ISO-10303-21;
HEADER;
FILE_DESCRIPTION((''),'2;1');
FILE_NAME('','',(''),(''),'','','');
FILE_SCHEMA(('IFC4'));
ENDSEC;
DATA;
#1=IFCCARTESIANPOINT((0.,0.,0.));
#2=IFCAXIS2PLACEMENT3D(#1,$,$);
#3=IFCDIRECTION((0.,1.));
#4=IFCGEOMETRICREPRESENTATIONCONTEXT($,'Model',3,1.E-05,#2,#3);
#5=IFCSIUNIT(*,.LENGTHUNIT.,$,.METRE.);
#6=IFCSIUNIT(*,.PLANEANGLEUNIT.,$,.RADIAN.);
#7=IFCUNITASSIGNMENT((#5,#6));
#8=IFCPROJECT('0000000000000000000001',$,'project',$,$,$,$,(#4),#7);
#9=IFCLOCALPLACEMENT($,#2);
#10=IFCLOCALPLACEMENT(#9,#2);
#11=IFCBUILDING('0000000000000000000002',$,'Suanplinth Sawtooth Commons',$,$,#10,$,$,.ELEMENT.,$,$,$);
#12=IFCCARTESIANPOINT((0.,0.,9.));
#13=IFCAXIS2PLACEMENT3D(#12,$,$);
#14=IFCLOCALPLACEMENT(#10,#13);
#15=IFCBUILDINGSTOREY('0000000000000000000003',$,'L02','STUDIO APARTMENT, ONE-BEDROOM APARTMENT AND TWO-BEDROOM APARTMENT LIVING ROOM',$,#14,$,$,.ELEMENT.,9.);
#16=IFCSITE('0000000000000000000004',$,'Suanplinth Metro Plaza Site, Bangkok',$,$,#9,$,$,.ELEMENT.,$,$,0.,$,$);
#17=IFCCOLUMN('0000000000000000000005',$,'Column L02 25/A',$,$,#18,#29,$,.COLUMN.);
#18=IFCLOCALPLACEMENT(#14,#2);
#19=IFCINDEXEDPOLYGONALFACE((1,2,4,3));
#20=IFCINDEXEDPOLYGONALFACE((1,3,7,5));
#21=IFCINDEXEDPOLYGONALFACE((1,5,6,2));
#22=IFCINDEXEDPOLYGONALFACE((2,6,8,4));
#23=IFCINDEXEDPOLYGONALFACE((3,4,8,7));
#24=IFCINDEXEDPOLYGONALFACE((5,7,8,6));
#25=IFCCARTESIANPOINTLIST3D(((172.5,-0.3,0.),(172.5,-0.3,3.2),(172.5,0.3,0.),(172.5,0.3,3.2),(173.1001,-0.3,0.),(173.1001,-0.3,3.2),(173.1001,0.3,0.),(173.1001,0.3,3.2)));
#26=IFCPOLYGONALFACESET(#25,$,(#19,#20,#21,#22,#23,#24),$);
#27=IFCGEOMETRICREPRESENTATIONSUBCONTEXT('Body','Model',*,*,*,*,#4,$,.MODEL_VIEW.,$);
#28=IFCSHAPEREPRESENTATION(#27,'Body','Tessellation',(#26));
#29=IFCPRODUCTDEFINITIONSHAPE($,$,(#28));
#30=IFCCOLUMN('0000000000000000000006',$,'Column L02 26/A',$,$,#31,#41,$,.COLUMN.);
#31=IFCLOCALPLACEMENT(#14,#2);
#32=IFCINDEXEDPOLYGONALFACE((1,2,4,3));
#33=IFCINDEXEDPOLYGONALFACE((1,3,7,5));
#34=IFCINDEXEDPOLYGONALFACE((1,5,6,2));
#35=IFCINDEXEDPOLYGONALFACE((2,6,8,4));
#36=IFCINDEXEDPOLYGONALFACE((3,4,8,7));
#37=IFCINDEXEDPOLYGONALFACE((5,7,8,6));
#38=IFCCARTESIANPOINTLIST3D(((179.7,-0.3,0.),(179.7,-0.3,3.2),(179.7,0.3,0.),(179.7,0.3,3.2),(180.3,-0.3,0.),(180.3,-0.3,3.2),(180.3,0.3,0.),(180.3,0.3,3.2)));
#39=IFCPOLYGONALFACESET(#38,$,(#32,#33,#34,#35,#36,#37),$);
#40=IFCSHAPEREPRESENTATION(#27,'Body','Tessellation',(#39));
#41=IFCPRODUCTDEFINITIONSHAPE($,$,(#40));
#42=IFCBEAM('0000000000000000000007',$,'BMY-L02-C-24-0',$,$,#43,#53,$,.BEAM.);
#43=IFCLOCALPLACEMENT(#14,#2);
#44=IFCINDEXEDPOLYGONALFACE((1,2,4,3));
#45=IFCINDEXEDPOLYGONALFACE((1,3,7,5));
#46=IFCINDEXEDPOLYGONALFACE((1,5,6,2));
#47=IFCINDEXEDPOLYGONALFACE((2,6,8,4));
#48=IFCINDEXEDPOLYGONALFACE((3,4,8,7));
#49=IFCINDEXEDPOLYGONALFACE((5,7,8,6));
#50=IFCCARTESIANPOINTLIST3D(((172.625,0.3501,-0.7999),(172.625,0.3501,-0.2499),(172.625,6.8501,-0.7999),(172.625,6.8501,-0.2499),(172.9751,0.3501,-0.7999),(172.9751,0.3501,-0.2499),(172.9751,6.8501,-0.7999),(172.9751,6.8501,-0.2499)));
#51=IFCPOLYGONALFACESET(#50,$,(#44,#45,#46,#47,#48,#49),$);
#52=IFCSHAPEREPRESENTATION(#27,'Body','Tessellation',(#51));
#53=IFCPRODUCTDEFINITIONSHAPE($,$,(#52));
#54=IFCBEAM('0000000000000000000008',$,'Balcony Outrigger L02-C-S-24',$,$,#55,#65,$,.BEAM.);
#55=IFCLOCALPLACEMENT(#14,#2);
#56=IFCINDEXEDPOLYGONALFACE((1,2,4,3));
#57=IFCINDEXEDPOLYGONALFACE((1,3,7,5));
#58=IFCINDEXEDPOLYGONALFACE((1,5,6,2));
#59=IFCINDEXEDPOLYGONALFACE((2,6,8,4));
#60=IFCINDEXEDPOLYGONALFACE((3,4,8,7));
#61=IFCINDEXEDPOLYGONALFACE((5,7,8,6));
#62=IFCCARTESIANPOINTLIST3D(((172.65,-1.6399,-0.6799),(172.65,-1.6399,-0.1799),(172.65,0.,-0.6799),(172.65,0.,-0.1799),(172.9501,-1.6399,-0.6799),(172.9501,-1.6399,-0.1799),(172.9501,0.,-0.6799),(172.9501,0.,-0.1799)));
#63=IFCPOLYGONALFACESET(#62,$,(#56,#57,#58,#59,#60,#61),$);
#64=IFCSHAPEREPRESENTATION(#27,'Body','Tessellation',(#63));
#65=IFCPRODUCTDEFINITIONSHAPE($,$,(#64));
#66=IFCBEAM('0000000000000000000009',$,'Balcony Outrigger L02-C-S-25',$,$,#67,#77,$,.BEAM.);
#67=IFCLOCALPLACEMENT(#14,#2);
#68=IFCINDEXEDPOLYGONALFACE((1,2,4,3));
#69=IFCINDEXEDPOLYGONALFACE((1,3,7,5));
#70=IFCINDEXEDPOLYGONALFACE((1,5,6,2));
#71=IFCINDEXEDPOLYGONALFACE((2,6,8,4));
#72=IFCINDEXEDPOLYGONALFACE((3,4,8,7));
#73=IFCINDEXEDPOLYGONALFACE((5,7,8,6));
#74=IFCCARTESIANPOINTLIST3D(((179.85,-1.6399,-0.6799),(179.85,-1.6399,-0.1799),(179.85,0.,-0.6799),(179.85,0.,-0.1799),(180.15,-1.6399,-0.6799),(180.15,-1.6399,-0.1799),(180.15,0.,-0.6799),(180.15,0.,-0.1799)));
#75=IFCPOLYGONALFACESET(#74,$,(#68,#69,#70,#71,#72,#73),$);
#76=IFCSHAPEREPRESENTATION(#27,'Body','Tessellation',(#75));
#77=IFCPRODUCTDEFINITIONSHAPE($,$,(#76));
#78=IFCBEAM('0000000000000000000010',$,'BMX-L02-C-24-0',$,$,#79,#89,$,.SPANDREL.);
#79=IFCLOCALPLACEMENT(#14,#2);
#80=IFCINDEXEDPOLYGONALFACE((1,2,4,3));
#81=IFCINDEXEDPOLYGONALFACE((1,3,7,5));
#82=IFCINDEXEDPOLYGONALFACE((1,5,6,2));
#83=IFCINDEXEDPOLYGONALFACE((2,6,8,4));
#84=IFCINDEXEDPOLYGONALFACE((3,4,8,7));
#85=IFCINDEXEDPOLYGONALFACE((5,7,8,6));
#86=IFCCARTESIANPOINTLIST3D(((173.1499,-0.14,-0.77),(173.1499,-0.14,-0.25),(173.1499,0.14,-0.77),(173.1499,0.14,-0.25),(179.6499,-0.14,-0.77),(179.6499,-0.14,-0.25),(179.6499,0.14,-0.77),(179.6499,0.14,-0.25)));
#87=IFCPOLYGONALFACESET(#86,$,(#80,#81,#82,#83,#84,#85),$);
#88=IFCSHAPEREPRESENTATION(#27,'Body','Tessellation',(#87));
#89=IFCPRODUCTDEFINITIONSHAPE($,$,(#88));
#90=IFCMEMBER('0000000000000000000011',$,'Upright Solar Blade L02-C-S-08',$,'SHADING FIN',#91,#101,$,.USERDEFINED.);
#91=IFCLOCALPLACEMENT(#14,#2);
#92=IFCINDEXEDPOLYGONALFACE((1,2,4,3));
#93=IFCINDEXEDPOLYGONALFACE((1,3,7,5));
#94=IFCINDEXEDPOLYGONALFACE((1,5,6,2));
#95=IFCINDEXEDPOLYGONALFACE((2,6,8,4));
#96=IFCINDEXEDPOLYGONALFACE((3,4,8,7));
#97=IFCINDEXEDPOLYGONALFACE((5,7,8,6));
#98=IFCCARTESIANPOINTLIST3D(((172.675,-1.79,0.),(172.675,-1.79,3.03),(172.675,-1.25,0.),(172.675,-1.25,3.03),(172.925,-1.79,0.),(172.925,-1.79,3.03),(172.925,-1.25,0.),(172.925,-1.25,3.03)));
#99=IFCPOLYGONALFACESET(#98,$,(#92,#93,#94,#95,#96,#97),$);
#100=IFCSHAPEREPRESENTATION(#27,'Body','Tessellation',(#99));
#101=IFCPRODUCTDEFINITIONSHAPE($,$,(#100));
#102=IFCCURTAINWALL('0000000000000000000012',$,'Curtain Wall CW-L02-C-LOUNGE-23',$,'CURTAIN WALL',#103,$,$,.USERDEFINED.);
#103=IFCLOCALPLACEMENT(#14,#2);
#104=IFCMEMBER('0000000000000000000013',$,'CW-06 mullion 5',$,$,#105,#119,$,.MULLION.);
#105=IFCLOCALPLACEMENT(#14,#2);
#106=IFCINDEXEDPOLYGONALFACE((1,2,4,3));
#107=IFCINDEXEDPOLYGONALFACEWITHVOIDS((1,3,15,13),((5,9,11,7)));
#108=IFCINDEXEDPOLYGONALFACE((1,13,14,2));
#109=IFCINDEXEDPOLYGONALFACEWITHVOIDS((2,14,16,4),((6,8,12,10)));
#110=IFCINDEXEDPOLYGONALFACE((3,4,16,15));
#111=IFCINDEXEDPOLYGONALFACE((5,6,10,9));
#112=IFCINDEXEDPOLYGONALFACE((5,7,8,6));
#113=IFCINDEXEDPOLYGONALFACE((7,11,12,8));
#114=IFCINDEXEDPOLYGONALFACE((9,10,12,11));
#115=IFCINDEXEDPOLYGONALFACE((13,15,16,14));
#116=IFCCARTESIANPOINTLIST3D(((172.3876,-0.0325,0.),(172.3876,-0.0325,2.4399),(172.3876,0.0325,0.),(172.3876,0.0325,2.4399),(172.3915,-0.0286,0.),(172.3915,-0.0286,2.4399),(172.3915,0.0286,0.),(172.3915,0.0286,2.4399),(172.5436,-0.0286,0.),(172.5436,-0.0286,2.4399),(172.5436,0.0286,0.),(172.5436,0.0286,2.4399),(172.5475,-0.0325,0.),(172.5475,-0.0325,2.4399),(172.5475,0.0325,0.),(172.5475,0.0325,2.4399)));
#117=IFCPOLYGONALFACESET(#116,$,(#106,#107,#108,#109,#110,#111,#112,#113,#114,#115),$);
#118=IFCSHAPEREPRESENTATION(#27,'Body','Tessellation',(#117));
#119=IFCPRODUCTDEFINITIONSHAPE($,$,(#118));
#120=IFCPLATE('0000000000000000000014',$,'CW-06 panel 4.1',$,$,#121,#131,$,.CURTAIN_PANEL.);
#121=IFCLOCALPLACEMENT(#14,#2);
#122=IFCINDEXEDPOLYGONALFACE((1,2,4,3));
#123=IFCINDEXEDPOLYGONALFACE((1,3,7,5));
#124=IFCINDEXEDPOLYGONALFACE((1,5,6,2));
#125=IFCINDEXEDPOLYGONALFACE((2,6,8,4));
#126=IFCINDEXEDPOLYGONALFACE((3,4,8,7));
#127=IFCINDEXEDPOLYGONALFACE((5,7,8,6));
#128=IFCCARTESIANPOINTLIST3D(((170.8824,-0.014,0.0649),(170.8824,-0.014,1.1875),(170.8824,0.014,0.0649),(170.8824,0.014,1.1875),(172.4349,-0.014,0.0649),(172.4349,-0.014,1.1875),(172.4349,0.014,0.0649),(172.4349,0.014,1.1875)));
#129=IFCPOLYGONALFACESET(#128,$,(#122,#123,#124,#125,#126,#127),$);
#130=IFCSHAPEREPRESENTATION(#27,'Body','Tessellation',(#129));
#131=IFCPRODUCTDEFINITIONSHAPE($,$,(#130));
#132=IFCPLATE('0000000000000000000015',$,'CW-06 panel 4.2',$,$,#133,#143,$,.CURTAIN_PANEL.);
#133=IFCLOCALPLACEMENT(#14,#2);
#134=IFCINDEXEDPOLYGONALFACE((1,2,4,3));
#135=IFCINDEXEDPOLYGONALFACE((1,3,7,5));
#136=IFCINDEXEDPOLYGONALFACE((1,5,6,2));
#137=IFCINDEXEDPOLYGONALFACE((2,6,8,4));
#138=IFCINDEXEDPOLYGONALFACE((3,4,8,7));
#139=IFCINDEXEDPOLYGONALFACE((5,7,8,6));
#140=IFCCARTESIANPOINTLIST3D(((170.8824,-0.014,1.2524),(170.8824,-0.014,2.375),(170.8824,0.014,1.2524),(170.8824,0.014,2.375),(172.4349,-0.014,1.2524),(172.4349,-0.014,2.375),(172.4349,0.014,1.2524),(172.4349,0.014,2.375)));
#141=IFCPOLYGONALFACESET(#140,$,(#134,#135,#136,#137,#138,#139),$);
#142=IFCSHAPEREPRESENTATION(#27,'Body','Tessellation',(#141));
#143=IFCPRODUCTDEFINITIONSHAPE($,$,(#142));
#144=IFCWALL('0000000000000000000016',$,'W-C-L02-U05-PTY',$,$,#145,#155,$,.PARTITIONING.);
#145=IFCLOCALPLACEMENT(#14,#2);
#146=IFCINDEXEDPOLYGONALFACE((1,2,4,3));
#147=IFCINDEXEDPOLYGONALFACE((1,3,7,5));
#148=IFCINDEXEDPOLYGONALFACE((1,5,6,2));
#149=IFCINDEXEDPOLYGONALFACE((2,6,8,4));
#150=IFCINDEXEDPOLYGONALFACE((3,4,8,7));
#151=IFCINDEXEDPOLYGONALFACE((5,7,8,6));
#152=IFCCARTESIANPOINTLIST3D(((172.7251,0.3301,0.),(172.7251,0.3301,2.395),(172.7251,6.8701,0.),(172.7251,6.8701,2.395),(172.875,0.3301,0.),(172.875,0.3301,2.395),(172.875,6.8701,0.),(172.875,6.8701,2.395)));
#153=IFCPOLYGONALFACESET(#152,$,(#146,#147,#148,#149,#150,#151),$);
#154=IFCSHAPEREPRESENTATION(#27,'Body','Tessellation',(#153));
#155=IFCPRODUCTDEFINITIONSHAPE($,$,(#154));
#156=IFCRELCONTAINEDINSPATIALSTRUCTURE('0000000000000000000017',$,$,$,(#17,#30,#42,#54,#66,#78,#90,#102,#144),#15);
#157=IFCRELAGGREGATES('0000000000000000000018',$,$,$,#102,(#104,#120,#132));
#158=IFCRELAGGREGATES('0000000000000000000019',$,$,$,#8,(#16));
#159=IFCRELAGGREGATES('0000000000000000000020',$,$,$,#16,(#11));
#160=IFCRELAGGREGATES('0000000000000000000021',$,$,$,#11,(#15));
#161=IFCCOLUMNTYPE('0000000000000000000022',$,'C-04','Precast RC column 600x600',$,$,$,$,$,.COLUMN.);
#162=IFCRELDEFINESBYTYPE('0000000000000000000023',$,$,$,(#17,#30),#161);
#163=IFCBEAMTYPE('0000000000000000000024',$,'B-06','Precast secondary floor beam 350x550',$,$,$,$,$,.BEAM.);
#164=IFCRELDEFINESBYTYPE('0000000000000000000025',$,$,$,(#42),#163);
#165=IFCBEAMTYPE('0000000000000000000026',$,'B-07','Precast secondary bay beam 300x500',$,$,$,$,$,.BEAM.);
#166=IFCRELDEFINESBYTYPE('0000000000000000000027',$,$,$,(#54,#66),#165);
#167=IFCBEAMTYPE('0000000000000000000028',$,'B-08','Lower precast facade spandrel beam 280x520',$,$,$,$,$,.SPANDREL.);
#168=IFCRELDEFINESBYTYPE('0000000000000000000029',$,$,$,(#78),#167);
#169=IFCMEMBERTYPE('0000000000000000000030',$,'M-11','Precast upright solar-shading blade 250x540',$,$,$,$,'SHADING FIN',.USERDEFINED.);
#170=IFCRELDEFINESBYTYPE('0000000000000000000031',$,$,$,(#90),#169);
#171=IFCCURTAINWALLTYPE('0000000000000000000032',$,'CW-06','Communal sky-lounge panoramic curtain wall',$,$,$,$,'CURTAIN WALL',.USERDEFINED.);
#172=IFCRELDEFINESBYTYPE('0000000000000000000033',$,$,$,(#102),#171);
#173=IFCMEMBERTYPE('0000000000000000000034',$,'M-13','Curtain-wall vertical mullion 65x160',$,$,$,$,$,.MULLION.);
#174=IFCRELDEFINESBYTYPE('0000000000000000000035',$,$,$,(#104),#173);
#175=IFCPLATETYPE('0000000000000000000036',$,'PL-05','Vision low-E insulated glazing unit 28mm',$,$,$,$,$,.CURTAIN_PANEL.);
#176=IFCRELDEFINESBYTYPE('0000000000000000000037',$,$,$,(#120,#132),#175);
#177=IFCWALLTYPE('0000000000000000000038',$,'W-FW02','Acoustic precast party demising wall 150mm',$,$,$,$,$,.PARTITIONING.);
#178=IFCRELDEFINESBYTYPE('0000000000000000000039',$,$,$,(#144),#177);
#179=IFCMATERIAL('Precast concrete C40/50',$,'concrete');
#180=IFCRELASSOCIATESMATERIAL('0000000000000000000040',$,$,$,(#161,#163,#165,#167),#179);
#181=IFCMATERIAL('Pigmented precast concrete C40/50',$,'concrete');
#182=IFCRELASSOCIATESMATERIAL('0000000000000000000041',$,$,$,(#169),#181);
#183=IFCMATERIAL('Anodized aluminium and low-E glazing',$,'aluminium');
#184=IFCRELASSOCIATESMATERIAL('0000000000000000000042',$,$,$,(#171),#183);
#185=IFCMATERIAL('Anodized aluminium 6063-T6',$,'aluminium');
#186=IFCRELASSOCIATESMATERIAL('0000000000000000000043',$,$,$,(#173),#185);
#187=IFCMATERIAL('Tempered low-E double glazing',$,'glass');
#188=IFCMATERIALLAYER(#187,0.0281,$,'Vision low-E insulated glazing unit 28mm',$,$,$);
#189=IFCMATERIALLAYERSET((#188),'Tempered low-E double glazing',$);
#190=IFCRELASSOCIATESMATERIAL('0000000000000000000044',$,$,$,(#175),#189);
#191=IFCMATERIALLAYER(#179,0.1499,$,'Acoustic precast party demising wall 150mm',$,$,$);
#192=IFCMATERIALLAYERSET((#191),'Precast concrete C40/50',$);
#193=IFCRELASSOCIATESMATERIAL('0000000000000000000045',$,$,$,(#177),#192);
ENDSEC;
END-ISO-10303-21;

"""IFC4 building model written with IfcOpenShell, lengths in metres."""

from ifc_helpers import new_model, si_unit, direction, frame, frame_2d, origin, origin_2d, place, context, subcontext, project, spatial, rectangle, hollow_rectangle, extrude, material, layer, layer_set, material_profile, profile_set, type_object, element, aggregate, save


model = new_model("IFC4")

# Units and contexts
model_context = context("Model", 3, precision=1e-05, world=origin(), true_north=direction((0.0, 1.0)))
body_context = subcontext(model_context, "Body", "Model", "MODEL_VIEW")
ifc_project = project(units=[si_unit("LENGTHUNIT", "METRE"), si_unit("PLANEANGLEUNIT", "RADIAN")], contexts=[model_context])

# Site, building, storey
site_placement = place(None, origin())
site = spatial("IfcSite", under=ifc_project, at=site_placement, Name="Suanplinth Metro Plaza Site, Bangkok", CompositionType="ELEMENT", RefElevation=0.0)
building_placement = place(site_placement, origin())
building = spatial("IfcBuilding", under=site, at=building_placement, Name="Suanplinth Sawtooth Commons", CompositionType="ELEMENT")
storey_placement = place(building_placement, frame((0.0, 0.0, 9.0)))
storey = spatial("IfcBuildingStorey", under=building, at=storey_placement, Name="L02", Description="STUDIO APARTMENT, ONE-BEDROOM APARTMENT AND TWO-BEDROOM APARTMENT LIVING ROOM", CompositionType="ELEMENT", Elevation=9.0)

# Columns
ifc_material_1 = material(Name="Precast concrete C40/50", Category="concrete")
ifc_material_profile_1 = material_profile(ifc_material_1, rectangle(XDim=0.6001, YDim=0.6001, at=origin_2d()), Name="PC-COL 600x600")
ifc_profile_set_1 = profile_set([ifc_material_profile_1], Name="Precast concrete C40/50")
column_type = type_object("IfcColumnType", Name="C-04", Description="Precast RC column 600x600", PredefinedType="COLUMN", material=ifc_profile_set_1)
for number, where, z_axis, x_axis, name in (
    (1, (172.8, 0.0, 0.0), (0.0, 0.0, 1.0), (1.0, 0.0, 0.0), "Column L02 25/A"),
    (2, (180.0, 0.0, 0.0), (0.0, 0.0, 1.0), (1.0, 0.0, 0.0), "Column L02 26/A"),
):
    element("IfcColumn", number, at=place(storey_placement, frame(where, z_axis=z_axis, x_axis=x_axis)), inside=storey, type_object=column_type, Name=name, PredefinedType="COLUMN", context=body_context, shape_type="SweptSolid", body=[
        extrude(rectangle(XDim=0.6001, YDim=0.6001, at=origin_2d()), origin(), (0.0, 0.0, 1.0), 3.2),
    ])

# Beams
ifc_material_profile_2 = material_profile(ifc_material_1, rectangle(XDim=0.3501, YDim=0.55, at=origin_2d()), Name="PC-BM 350x550")
ifc_profile_set_2 = profile_set([ifc_material_profile_2], Name="Precast concrete C40/50")
beam_type_1 = type_object("IfcBeamType", Name="B-06", Description="Precast secondary floor beam 350x550", PredefinedType="BEAM", material=ifc_profile_set_2)
beam_1_placement = place(storey_placement, frame((172.8, 0.3501, -0.5249), z_axis=(0.0, 1.0, 0.0), x_axis=(-1.0, 0.0, 0.0)))
element("IfcBeam", 3, at=beam_1_placement, inside=storey, type_object=beam_type_1, Name="BMY-L02-C-24-0", PredefinedType="BEAM", context=body_context, shape_type="SweptSolid", body=[
    extrude(rectangle(XDim=0.3501, YDim=0.55, at=origin_2d()), origin(), (0.0, 0.0, 1.0), 6.5),
])
ifc_material_profile_3 = material_profile(ifc_material_1, rectangle(XDim=0.3, YDim=0.5, at=origin_2d()), Name="PC-BM 300x500")
ifc_profile_set_3 = profile_set([ifc_material_profile_3], Name="Precast concrete C40/50")
beam_type_2 = type_object("IfcBeamType", Name="B-07", Description="Precast secondary bay beam 300x500", PredefinedType="BEAM", material=ifc_profile_set_3)
for number, where, z_axis, x_axis, name in (
    (4, (172.8, 0.0, -0.4299), (0.0, -1.0, 0.0), (1.0, 0.0, 0.0), "Balcony Outrigger L02-C-S-24"),
    (5, (180.0, 0.0, -0.4299), (0.0, -1.0, 0.0), (1.0, 0.0, 0.0), "Balcony Outrigger L02-C-S-25"),
):
    element("IfcBeam", number, at=place(storey_placement, frame(where, z_axis=z_axis, x_axis=x_axis)), inside=storey, type_object=beam_type_2, Name=name, PredefinedType="BEAM", context=body_context, shape_type="SweptSolid", body=[
        extrude(rectangle(XDim=0.3, YDim=0.5, at=origin_2d()), origin(), (0.0, 0.0, 1.0), 1.6399),
    ])
ifc_material_profile_4 = material_profile(ifc_material_1, rectangle(XDim=0.28, YDim=0.52, at=origin_2d()), Name="PC-SP 280x520")
ifc_profile_set_4 = profile_set([ifc_material_profile_4], Name="Precast concrete C40/50")
beam_type_3 = type_object("IfcBeamType", Name="B-08", Description="Lower precast facade spandrel beam 280x520", PredefinedType="SPANDREL", material=ifc_profile_set_4)
beam_2_placement = place(storey_placement, frame((173.1499, 0.0, -0.51), z_axis=(1.0, 0.0, 0.0), x_axis=(0.0, 1.0, 0.0)))
element("IfcBeam", 6, at=beam_2_placement, inside=storey, type_object=beam_type_3, Name="BMX-L02-C-24-0", PredefinedType="SPANDREL", context=body_context, shape_type="SweptSolid", body=[
    extrude(rectangle(XDim=0.28, YDim=0.52, at=origin_2d()), origin(), (0.0, 0.0, 1.0), 6.5),
])

# Member
ifc_material_2 = material(Name="Pigmented precast concrete C40/50", Category="concrete")
ifc_material_profile_5 = material_profile(ifc_material_2, rectangle(XDim=0.25, YDim=0.54, at=origin_2d()), Name="PC-FIN 250x540")
ifc_profile_set_5 = profile_set([ifc_material_profile_5], Name="Pigmented precast concrete C40/50")
member_type_1 = type_object("IfcMemberType", Name="M-11", Description="Precast upright solar-shading blade 250x540", ElementType="SHADING FIN", PredefinedType="USERDEFINED", material=ifc_profile_set_5)
member_1_placement = place(storey_placement, frame((172.8, -1.52, 0.0), z_axis=(0.0, 0.0, 1.0), x_axis=(1.0, 0.0, 0.0)))
element("IfcMember", 7, at=member_1_placement, inside=storey, type_object=member_type_1, Name="Upright Solar Blade L02-C-S-08", ObjectType="SHADING FIN", PredefinedType="USERDEFINED", context=body_context, shape_type="SweptSolid", body=[
    extrude(rectangle(XDim=0.25, YDim=0.54, at=origin_2d()), origin(), (0.0, 0.0, 1.0), 3.03),
])

# Curtain wall, member, plates
ifc_material_3 = material(Name="Anodized aluminium and low-E glazing", Category="aluminium")
curtain_wall_type = type_object("IfcCurtainWallType", Name="CW-06", Description="Communal sky-lounge panoramic curtain wall", ElementType="CURTAIN WALL", PredefinedType="USERDEFINED", material=ifc_material_3)
curtain_wall_placement = place(storey_placement, origin())
curtain_wall = element("IfcCurtainWall", 8, at=curtain_wall_placement, inside=storey, type_object=curtain_wall_type, Name="Curtain Wall CW-L02-C-LOUNGE-23", ObjectType="CURTAIN WALL", PredefinedType="USERDEFINED")
ifc_material_4 = material(Name="Anodized aluminium 6063-T6", Category="aluminium")
ifc_material_profile_6 = material_profile(ifc_material_4, hollow_rectangle(XDim=0.0649, YDim=0.1599, WallThickness=0.0039, at=origin_2d()), Name="ALU-MUL 65x160")
ifc_profile_set_6 = profile_set([ifc_material_profile_6], Name="Anodized aluminium 6063-T6")
member_type_2 = type_object("IfcMemberType", Name="M-13", Description="Curtain-wall vertical mullion 65x160", PredefinedType="MULLION", material=ifc_profile_set_6)
member_2_placement = place(storey_placement, frame((172.4675, 0.0, 0.0), z_axis=(0.0, 0.0, 1.0), x_axis=(0.0, 1.0, 0.0)))
member_2 = element("IfcMember", 9, at=member_2_placement, type_object=member_type_2, Name="CW-06 mullion 5", PredefinedType="MULLION", context=body_context, shape_type="SweptSolid", body=[
    extrude(hollow_rectangle(XDim=0.0649, YDim=0.1599, WallThickness=0.0039, at=origin_2d()), origin(), (0.0, 0.0, 1.0), 2.4399),
])
ifc_material_5 = material(Name="Tempered low-E double glazing", Category="glass")
ifc_layer_1 = layer(ifc_material_5, 0.0281, Name="Vision low-E insulated glazing unit 28mm")
ifc_layer_set_1 = layer_set([ifc_layer_1], Name="Tempered low-E double glazing")
plate_type = type_object("IfcPlateType", Name="PL-05", Description="Vision low-E insulated glazing unit 28mm", PredefinedType="CURTAIN_PANEL", material=ifc_layer_set_1)
plate_1_placement = place(storey_placement, frame((171.6587, 0.0, 0.0649), z_axis=(0.0, 0.0, 1.0), x_axis=(1.0, 0.0, 0.0)))
plate_1 = element("IfcPlate", 10, at=plate_1_placement, type_object=plate_type, Name="CW-06 panel 4.1", PredefinedType="CURTAIN_PANEL", context=body_context, shape_type="SweptSolid", body=[
    extrude(rectangle(XDim=1.5525, YDim=0.0281, at=origin_2d()), origin(), (0.0, 0.0, 1.0), 1.1226),
])
plate_2_placement = place(storey_placement, frame((171.6587, 0.0, 1.2524), z_axis=(0.0, 0.0, 1.0), x_axis=(1.0, 0.0, 0.0)))
plate_2 = element("IfcPlate", 11, at=plate_2_placement, type_object=plate_type, Name="CW-06 panel 4.2", PredefinedType="CURTAIN_PANEL", context=body_context, shape_type="SweptSolid", body=[
    extrude(rectangle(XDim=1.5525, YDim=0.0281, at=origin_2d()), origin(), (0.0, 0.0, 1.0), 1.1226),
])
aggregate(curtain_wall, [member_2, plate_1, plate_2])

# Wall
ifc_layer_2 = layer(ifc_material_1, 0.1499, Name="Acoustic precast party demising wall 150mm")
ifc_layer_set_2 = layer_set([ifc_layer_2], Name="Precast concrete C40/50")
wall_type_1 = type_object("IfcWallType", Name="W-FW02", Description="Acoustic precast party demising wall 150mm", PredefinedType="PARTITIONING", material=ifc_layer_set_2)
wall_1_placement = place(storey_placement, frame((172.8, 0.3301, 0.0), z_axis=(0.0, 0.0, 1.0), x_axis=(0.0, 1.0, 0.0)))
element("IfcWall", 12, at=wall_1_placement, inside=storey, type_object=wall_type_1, Name="W-C-L02-U05-PTY", PredefinedType="PARTITIONING", context=body_context, shape_type="SweptSolid", body=[
    extrude(rectangle(XDim=6.54, YDim=0.1499, at=frame_2d((3.27, 0.0))), origin(), (0.0, 0.0, 1.0), 2.395),
])

save(model, "model.ifc")
